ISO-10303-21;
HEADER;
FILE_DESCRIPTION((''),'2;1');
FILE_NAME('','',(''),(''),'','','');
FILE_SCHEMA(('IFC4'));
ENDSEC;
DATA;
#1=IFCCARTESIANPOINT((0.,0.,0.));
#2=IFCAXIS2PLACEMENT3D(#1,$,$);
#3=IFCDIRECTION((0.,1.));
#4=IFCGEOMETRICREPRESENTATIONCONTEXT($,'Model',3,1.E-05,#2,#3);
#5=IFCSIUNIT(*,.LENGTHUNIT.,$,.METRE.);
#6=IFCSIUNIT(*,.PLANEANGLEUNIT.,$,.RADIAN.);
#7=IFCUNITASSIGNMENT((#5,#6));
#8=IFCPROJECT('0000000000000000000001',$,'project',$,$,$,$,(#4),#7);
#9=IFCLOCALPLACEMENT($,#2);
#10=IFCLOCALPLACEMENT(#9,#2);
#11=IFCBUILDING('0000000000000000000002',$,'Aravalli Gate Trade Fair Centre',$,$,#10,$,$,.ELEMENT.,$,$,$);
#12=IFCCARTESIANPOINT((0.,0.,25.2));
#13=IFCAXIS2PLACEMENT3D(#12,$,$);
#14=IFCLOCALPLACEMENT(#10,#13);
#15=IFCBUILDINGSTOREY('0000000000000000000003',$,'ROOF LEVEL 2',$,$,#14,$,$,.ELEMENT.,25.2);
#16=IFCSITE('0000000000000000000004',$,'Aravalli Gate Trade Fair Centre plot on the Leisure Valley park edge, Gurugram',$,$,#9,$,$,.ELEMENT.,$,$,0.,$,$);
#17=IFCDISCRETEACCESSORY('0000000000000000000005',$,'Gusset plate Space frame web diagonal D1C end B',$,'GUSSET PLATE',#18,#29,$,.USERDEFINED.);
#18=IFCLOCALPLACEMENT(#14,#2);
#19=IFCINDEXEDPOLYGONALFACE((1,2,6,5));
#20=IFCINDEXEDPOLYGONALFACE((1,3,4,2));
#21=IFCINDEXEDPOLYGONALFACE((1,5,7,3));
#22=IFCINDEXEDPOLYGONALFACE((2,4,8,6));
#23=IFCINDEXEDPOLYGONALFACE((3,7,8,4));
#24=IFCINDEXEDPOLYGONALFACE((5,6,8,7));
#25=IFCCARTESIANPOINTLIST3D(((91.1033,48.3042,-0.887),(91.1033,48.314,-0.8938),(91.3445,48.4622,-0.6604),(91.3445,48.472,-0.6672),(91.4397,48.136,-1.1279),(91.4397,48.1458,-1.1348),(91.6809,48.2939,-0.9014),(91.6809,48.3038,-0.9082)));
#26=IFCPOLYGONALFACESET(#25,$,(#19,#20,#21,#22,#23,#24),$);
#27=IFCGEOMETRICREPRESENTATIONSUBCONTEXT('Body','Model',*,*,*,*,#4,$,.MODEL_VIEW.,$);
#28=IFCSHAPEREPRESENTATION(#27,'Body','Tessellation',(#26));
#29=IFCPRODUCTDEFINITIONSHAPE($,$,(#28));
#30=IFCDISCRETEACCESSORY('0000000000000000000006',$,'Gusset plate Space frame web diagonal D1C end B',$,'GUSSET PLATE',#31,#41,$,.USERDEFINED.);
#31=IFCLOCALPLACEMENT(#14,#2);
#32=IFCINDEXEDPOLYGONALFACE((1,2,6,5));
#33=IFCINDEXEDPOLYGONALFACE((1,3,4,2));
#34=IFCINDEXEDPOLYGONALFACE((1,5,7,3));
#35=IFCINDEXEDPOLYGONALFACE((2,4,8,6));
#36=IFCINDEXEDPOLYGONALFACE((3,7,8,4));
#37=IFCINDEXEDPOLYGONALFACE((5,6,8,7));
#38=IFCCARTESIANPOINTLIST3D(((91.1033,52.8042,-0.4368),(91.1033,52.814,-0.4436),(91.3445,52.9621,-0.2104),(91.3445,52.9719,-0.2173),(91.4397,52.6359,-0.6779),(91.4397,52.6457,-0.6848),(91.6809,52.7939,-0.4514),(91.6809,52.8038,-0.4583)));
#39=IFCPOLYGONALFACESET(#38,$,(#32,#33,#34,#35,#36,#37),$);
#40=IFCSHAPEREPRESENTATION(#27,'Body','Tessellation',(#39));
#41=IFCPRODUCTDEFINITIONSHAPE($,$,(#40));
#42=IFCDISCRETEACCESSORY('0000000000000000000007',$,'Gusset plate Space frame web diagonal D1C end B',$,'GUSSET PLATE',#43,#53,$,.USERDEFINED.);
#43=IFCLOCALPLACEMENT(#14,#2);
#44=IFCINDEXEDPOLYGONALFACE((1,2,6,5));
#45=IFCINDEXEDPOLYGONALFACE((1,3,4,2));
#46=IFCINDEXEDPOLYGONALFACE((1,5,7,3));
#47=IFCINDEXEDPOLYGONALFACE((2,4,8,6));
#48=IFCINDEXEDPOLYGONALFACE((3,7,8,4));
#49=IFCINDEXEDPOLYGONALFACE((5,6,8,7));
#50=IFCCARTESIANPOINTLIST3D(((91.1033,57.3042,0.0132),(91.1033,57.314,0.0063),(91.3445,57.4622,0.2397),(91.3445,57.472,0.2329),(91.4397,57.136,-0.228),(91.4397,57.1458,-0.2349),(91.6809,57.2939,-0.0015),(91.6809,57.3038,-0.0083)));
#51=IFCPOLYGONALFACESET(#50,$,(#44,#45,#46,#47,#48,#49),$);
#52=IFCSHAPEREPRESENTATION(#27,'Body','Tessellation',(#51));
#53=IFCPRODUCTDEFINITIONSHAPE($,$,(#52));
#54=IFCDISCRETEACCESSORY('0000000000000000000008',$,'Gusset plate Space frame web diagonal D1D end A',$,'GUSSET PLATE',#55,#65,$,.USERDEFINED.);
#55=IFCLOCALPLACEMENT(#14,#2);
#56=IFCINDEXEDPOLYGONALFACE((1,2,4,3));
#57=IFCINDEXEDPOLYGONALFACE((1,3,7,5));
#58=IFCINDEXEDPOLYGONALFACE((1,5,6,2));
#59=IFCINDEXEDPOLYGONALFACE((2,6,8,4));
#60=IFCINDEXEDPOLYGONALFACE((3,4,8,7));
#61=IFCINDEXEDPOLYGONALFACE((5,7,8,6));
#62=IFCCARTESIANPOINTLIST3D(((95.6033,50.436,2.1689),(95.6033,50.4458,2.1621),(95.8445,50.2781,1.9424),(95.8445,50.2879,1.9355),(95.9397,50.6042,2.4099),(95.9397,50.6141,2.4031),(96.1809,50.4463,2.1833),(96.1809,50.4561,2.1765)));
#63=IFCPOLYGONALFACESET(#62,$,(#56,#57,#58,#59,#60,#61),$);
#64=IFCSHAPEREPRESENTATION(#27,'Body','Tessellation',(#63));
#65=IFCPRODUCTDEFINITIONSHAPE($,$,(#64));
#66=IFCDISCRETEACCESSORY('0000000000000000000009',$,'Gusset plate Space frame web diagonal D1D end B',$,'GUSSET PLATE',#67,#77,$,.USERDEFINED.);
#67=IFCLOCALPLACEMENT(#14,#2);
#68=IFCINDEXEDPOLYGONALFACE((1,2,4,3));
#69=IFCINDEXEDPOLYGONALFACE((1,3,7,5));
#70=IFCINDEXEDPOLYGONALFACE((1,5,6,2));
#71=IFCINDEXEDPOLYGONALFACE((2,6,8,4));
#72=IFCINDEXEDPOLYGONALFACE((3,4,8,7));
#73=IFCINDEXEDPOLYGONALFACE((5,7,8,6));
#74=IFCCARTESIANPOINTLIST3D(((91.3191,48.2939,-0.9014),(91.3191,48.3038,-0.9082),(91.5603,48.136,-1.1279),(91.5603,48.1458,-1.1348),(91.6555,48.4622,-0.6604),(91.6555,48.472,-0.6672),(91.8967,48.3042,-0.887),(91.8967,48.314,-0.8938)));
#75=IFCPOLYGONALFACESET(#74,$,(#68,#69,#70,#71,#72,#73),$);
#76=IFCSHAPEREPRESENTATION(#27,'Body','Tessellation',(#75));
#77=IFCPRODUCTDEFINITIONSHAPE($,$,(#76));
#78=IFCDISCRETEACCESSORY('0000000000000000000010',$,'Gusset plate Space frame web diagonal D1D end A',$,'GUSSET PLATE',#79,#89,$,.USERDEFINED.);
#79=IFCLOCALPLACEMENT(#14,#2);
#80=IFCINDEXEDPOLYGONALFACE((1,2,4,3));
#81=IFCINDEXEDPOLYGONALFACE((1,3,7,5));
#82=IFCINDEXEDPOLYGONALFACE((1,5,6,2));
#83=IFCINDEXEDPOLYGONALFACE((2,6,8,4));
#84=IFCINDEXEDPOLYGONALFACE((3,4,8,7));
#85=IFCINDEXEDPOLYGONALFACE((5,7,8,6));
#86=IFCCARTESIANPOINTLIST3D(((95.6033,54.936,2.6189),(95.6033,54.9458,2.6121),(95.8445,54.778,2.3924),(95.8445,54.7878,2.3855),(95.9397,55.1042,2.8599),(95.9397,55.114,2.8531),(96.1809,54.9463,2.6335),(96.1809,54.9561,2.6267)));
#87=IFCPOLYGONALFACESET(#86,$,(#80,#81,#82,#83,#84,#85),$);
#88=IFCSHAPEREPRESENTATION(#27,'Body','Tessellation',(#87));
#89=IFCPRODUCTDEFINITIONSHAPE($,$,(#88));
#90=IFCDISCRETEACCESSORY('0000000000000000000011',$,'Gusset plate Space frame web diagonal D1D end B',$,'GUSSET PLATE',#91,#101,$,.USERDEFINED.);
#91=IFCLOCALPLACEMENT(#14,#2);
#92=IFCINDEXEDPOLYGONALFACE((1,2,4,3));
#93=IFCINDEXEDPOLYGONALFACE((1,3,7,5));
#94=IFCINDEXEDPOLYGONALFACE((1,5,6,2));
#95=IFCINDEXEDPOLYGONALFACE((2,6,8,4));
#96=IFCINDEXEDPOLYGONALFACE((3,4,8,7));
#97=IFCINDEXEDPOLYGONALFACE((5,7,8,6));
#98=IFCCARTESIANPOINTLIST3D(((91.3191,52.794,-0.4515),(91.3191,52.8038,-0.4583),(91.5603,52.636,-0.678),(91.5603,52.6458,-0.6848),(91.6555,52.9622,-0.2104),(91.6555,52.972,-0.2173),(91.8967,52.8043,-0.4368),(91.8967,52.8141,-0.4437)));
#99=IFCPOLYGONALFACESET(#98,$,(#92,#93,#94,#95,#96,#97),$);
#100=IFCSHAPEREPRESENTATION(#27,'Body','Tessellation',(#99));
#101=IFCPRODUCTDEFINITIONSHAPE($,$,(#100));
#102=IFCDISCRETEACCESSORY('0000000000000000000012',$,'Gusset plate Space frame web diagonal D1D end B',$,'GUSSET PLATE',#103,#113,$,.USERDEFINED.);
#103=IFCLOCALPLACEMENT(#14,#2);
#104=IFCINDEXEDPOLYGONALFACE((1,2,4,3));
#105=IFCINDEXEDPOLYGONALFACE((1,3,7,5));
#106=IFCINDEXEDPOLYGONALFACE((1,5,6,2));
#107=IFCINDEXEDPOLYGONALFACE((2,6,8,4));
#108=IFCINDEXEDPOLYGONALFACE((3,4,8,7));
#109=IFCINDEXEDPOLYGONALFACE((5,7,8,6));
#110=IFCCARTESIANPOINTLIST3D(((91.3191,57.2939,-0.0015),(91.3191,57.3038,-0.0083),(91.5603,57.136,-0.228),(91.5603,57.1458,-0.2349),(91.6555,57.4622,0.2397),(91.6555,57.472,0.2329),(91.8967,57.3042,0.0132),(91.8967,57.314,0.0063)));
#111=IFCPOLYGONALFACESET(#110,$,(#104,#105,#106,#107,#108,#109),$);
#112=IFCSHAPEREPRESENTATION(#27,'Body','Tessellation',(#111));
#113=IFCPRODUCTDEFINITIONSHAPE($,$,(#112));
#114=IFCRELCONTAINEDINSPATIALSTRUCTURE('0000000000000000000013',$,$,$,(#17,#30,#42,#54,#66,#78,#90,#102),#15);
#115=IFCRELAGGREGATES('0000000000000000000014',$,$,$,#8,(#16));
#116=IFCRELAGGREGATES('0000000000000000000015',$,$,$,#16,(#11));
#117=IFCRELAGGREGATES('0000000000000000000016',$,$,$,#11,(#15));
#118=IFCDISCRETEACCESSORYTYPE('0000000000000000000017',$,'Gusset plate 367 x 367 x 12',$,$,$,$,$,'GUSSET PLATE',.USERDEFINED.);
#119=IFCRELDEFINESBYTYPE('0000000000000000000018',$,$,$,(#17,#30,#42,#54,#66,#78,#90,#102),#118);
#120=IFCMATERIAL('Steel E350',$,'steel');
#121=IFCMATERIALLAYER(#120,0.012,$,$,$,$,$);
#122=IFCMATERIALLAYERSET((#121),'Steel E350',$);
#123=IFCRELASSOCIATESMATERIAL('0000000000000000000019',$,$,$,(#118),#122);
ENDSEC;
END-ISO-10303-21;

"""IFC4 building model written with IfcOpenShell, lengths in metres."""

from ifc_helpers import new_model, si_unit, direction, frame, origin, place, context, subcontext, project, spatial, polyline, outline, extrude, material, layer, layer_set, type_object, element, save


model = new_model("IFC4")

# Units and contexts
model_context = context("Model", 3, precision=1e-05, world=origin(), true_north=direction((0.0, 1.0)))
body_context = subcontext(model_context, "Body", "Model", "MODEL_VIEW")
ifc_project = project(units=[si_unit("LENGTHUNIT", "METRE"), si_unit("PLANEANGLEUNIT", "RADIAN")], contexts=[model_context])

# Site, building, storey
site_placement = place(None, origin())
site = spatial("IfcSite", under=ifc_project, at=site_placement, Name="Aravalli Gate Trade Fair Centre plot on the Leisure Valley park edge, Gurugram", CompositionType="ELEMENT", RefElevation=0.0)
building_placement = place(site_placement, origin())
building = spatial("IfcBuilding", under=site, at=building_placement, Name="Aravalli Gate Trade Fair Centre", CompositionType="ELEMENT")
storey_placement = place(building_placement, frame((0.0, 0.0, 25.2)))
storey = spatial("IfcBuildingStorey", under=building, at=storey_placement, Name="ROOF LEVEL 2", CompositionType="ELEMENT", Elevation=25.2)

# Shared definitions
ifc_material = material(Name="Steel E350", Category="steel")

# Discrete accessories
ifc_layer = layer(ifc_material, 0.012)
ifc_layer_set = layer_set([ifc_layer], Name="Steel E350")
discrete_accessory_type = type_object("IfcDiscreteAccessoryType", Name="Gusset plate 367 x 367 x 12", ElementType="GUSSET PLATE", PredefinedType="USERDEFINED", material=ifc_layer_set)
discrete_accessory_1_placement = place(storey_placement, frame((91.1033, 48.3042, -0.887), z_axis=(-0.000292, -0.820164, 0.572128), x_axis=(0.753132, -0.376566, -0.539435)))
element("IfcDiscreteAccessory", 1, at=discrete_accessory_1_placement, inside=storey, type_object=discrete_accessory_type, Name="Gusset plate Space frame web diagonal D1C end B", ObjectType="GUSSET PLATE", PredefinedType="USERDEFINED", context=body_context, shape_type="SweptSolid", body=[
    extrude(outline(polyline([(0.0, 0.0), (0.4467, 0.0), (0.4467, 0.3667), (0.0, 0.3667), (0.0, 0.0)])), origin(), (0.0, 0.0, -1.0), 0.012),
])
discrete_accessory_2_placement = place(storey_placement, frame((91.1033, 52.8042, -0.4368), z_axis=(-0.000049, -0.820141, 0.572161), x_axis=(0.75291, -0.376583, -0.539733)))
element("IfcDiscreteAccessory", 2, at=discrete_accessory_2_placement, inside=storey, type_object=discrete_accessory_type, Name="Gusset plate Space frame web diagonal D1C end B", ObjectType="GUSSET PLATE", PredefinedType="USERDEFINED", context=body_context, shape_type="SweptSolid", body=[
    extrude(outline(polyline([(0.0, 0.0), (0.4468, 0.0), (0.4467, 0.3667), (0.0, 0.3665), (0.0, 0.0)])), origin(), (0.0, 0.0, -1.0), 0.012),
])
discrete_accessory_3_placement = place(storey_placement, frame((91.1033, 57.3042, 0.0132), z_axis=(-0.000057, -0.820282, 0.57196), x_axis=(0.75291, -0.376455, -0.539822)))
element("IfcDiscreteAccessory", 3, at=discrete_accessory_3_placement, inside=storey, type_object=discrete_accessory_type, Name="Gusset plate Space frame web diagonal D1C end B", ObjectType="GUSSET PLATE", PredefinedType="USERDEFINED", context=body_context, shape_type="SweptSolid", body=[
    extrude(outline(polyline([(0.0, 0.0), (0.4468, 0.0), (0.4467, 0.3667), (-0.0002, 0.3667), (0.0, 0.0)])), origin(), (0.0, 0.0, -1.0), 0.012),
])
discrete_accessory_4_placement = place(storey_placement, frame((95.6033, 50.436, 2.1689), z_axis=(0.000292, -0.820164, 0.572128), x_axis=(0.753132, 0.376566, 0.539435)))
element("IfcDiscreteAccessory", 4, at=discrete_accessory_4_placement, inside=storey, type_object=discrete_accessory_type, Name="Gusset plate Space frame web diagonal D1D end A", ObjectType="GUSSET PLATE", PredefinedType="USERDEFINED", context=body_context, shape_type="SweptSolid", body=[
    extrude(outline(polyline([(0.0, 0.0), (0.4467, 0.0), (0.4467, -0.3667), (0.0, -0.3667), (0.0, 0.0)])), origin(), (0.0, 0.0, -1.0), 0.012),
])
discrete_accessory_5_placement = place(storey_placement, frame((91.6555, 48.4622, -0.6604), z_axis=(0.000292, -0.820164, 0.572128), x_axis=(-0.753132, -0.376566, -0.539435)))
element("IfcDiscreteAccessory", 5, at=discrete_accessory_5_placement, inside=storey, type_object=discrete_accessory_type, Name="Gusset plate Space frame web diagonal D1D end B", ObjectType="GUSSET PLATE", PredefinedType="USERDEFINED", context=body_context, shape_type="SweptSolid", body=[
    extrude(outline(polyline([(0.0, 0.0), (0.4467, 0.0), (0.4467, 0.3667), (0.0, 0.3667), (0.0, 0.0)])), origin(), (0.0, 0.0, -1.0), 0.012),
])
discrete_accessory_6_placement = place(storey_placement, frame((95.6033, 54.936, 2.6189), z_axis=(0.000049, -0.820141, 0.572161), x_axis=(0.753132, 0.376438, 0.539524)))
element("IfcDiscreteAccessory", 6, at=discrete_accessory_6_placement, inside=storey, type_object=discrete_accessory_type, Name="Gusset plate Space frame web diagonal D1D end A", ObjectType="GUSSET PLATE", PredefinedType="USERDEFINED", context=body_context, shape_type="SweptSolid", body=[
    extrude(outline(polyline([(0.0, 0.0), (0.4467, 0.0), (0.4468, -0.3665), (0.0, -0.3667), (0.0, 0.0)])), origin(), (0.0, 0.0, -1.0), 0.012),
])
discrete_accessory_7_placement = place(storey_placement, frame((91.6555, 52.9622, -0.2104), z_axis=(0.000049, -0.820141, 0.572161), x_axis=(-0.753132, -0.376438, -0.539524)))
element("IfcDiscreteAccessory", 7, at=discrete_accessory_7_placement, inside=storey, type_object=discrete_accessory_type, Name="Gusset plate Space frame web diagonal D1D end B", ObjectType="GUSSET PLATE", PredefinedType="USERDEFINED", context=body_context, shape_type="SweptSolid", body=[
    extrude(outline(polyline([(0.0, 0.0), (0.4467, 0.0), (0.4467, 0.3667), (-0.0001, 0.3665), (0.0, 0.0)])), origin(), (0.0, 0.0, -1.0), 0.012),
])
discrete_accessory_8_placement = place(storey_placement, frame((91.6555, 57.4622, 0.2397), z_axis=(0.000057, -0.820282, 0.57196), x_axis=(-0.75291, -0.376455, -0.539822)))
element("IfcDiscreteAccessory", 8, at=discrete_accessory_8_placement, inside=storey, type_object=discrete_accessory_type, Name="Gusset plate Space frame web diagonal D1D end B", ObjectType="GUSSET PLATE", PredefinedType="USERDEFINED", context=body_context, shape_type="SweptSolid", body=[
    extrude(outline(polyline([(0.0, 0.0), (0.4468, 0.0), (0.447, 0.3667), (0.0002, 0.3667), (0.0, 0.0)])), origin(), (0.0, 0.0, -1.0), 0.012),
])

save(model, "model.ifc")
